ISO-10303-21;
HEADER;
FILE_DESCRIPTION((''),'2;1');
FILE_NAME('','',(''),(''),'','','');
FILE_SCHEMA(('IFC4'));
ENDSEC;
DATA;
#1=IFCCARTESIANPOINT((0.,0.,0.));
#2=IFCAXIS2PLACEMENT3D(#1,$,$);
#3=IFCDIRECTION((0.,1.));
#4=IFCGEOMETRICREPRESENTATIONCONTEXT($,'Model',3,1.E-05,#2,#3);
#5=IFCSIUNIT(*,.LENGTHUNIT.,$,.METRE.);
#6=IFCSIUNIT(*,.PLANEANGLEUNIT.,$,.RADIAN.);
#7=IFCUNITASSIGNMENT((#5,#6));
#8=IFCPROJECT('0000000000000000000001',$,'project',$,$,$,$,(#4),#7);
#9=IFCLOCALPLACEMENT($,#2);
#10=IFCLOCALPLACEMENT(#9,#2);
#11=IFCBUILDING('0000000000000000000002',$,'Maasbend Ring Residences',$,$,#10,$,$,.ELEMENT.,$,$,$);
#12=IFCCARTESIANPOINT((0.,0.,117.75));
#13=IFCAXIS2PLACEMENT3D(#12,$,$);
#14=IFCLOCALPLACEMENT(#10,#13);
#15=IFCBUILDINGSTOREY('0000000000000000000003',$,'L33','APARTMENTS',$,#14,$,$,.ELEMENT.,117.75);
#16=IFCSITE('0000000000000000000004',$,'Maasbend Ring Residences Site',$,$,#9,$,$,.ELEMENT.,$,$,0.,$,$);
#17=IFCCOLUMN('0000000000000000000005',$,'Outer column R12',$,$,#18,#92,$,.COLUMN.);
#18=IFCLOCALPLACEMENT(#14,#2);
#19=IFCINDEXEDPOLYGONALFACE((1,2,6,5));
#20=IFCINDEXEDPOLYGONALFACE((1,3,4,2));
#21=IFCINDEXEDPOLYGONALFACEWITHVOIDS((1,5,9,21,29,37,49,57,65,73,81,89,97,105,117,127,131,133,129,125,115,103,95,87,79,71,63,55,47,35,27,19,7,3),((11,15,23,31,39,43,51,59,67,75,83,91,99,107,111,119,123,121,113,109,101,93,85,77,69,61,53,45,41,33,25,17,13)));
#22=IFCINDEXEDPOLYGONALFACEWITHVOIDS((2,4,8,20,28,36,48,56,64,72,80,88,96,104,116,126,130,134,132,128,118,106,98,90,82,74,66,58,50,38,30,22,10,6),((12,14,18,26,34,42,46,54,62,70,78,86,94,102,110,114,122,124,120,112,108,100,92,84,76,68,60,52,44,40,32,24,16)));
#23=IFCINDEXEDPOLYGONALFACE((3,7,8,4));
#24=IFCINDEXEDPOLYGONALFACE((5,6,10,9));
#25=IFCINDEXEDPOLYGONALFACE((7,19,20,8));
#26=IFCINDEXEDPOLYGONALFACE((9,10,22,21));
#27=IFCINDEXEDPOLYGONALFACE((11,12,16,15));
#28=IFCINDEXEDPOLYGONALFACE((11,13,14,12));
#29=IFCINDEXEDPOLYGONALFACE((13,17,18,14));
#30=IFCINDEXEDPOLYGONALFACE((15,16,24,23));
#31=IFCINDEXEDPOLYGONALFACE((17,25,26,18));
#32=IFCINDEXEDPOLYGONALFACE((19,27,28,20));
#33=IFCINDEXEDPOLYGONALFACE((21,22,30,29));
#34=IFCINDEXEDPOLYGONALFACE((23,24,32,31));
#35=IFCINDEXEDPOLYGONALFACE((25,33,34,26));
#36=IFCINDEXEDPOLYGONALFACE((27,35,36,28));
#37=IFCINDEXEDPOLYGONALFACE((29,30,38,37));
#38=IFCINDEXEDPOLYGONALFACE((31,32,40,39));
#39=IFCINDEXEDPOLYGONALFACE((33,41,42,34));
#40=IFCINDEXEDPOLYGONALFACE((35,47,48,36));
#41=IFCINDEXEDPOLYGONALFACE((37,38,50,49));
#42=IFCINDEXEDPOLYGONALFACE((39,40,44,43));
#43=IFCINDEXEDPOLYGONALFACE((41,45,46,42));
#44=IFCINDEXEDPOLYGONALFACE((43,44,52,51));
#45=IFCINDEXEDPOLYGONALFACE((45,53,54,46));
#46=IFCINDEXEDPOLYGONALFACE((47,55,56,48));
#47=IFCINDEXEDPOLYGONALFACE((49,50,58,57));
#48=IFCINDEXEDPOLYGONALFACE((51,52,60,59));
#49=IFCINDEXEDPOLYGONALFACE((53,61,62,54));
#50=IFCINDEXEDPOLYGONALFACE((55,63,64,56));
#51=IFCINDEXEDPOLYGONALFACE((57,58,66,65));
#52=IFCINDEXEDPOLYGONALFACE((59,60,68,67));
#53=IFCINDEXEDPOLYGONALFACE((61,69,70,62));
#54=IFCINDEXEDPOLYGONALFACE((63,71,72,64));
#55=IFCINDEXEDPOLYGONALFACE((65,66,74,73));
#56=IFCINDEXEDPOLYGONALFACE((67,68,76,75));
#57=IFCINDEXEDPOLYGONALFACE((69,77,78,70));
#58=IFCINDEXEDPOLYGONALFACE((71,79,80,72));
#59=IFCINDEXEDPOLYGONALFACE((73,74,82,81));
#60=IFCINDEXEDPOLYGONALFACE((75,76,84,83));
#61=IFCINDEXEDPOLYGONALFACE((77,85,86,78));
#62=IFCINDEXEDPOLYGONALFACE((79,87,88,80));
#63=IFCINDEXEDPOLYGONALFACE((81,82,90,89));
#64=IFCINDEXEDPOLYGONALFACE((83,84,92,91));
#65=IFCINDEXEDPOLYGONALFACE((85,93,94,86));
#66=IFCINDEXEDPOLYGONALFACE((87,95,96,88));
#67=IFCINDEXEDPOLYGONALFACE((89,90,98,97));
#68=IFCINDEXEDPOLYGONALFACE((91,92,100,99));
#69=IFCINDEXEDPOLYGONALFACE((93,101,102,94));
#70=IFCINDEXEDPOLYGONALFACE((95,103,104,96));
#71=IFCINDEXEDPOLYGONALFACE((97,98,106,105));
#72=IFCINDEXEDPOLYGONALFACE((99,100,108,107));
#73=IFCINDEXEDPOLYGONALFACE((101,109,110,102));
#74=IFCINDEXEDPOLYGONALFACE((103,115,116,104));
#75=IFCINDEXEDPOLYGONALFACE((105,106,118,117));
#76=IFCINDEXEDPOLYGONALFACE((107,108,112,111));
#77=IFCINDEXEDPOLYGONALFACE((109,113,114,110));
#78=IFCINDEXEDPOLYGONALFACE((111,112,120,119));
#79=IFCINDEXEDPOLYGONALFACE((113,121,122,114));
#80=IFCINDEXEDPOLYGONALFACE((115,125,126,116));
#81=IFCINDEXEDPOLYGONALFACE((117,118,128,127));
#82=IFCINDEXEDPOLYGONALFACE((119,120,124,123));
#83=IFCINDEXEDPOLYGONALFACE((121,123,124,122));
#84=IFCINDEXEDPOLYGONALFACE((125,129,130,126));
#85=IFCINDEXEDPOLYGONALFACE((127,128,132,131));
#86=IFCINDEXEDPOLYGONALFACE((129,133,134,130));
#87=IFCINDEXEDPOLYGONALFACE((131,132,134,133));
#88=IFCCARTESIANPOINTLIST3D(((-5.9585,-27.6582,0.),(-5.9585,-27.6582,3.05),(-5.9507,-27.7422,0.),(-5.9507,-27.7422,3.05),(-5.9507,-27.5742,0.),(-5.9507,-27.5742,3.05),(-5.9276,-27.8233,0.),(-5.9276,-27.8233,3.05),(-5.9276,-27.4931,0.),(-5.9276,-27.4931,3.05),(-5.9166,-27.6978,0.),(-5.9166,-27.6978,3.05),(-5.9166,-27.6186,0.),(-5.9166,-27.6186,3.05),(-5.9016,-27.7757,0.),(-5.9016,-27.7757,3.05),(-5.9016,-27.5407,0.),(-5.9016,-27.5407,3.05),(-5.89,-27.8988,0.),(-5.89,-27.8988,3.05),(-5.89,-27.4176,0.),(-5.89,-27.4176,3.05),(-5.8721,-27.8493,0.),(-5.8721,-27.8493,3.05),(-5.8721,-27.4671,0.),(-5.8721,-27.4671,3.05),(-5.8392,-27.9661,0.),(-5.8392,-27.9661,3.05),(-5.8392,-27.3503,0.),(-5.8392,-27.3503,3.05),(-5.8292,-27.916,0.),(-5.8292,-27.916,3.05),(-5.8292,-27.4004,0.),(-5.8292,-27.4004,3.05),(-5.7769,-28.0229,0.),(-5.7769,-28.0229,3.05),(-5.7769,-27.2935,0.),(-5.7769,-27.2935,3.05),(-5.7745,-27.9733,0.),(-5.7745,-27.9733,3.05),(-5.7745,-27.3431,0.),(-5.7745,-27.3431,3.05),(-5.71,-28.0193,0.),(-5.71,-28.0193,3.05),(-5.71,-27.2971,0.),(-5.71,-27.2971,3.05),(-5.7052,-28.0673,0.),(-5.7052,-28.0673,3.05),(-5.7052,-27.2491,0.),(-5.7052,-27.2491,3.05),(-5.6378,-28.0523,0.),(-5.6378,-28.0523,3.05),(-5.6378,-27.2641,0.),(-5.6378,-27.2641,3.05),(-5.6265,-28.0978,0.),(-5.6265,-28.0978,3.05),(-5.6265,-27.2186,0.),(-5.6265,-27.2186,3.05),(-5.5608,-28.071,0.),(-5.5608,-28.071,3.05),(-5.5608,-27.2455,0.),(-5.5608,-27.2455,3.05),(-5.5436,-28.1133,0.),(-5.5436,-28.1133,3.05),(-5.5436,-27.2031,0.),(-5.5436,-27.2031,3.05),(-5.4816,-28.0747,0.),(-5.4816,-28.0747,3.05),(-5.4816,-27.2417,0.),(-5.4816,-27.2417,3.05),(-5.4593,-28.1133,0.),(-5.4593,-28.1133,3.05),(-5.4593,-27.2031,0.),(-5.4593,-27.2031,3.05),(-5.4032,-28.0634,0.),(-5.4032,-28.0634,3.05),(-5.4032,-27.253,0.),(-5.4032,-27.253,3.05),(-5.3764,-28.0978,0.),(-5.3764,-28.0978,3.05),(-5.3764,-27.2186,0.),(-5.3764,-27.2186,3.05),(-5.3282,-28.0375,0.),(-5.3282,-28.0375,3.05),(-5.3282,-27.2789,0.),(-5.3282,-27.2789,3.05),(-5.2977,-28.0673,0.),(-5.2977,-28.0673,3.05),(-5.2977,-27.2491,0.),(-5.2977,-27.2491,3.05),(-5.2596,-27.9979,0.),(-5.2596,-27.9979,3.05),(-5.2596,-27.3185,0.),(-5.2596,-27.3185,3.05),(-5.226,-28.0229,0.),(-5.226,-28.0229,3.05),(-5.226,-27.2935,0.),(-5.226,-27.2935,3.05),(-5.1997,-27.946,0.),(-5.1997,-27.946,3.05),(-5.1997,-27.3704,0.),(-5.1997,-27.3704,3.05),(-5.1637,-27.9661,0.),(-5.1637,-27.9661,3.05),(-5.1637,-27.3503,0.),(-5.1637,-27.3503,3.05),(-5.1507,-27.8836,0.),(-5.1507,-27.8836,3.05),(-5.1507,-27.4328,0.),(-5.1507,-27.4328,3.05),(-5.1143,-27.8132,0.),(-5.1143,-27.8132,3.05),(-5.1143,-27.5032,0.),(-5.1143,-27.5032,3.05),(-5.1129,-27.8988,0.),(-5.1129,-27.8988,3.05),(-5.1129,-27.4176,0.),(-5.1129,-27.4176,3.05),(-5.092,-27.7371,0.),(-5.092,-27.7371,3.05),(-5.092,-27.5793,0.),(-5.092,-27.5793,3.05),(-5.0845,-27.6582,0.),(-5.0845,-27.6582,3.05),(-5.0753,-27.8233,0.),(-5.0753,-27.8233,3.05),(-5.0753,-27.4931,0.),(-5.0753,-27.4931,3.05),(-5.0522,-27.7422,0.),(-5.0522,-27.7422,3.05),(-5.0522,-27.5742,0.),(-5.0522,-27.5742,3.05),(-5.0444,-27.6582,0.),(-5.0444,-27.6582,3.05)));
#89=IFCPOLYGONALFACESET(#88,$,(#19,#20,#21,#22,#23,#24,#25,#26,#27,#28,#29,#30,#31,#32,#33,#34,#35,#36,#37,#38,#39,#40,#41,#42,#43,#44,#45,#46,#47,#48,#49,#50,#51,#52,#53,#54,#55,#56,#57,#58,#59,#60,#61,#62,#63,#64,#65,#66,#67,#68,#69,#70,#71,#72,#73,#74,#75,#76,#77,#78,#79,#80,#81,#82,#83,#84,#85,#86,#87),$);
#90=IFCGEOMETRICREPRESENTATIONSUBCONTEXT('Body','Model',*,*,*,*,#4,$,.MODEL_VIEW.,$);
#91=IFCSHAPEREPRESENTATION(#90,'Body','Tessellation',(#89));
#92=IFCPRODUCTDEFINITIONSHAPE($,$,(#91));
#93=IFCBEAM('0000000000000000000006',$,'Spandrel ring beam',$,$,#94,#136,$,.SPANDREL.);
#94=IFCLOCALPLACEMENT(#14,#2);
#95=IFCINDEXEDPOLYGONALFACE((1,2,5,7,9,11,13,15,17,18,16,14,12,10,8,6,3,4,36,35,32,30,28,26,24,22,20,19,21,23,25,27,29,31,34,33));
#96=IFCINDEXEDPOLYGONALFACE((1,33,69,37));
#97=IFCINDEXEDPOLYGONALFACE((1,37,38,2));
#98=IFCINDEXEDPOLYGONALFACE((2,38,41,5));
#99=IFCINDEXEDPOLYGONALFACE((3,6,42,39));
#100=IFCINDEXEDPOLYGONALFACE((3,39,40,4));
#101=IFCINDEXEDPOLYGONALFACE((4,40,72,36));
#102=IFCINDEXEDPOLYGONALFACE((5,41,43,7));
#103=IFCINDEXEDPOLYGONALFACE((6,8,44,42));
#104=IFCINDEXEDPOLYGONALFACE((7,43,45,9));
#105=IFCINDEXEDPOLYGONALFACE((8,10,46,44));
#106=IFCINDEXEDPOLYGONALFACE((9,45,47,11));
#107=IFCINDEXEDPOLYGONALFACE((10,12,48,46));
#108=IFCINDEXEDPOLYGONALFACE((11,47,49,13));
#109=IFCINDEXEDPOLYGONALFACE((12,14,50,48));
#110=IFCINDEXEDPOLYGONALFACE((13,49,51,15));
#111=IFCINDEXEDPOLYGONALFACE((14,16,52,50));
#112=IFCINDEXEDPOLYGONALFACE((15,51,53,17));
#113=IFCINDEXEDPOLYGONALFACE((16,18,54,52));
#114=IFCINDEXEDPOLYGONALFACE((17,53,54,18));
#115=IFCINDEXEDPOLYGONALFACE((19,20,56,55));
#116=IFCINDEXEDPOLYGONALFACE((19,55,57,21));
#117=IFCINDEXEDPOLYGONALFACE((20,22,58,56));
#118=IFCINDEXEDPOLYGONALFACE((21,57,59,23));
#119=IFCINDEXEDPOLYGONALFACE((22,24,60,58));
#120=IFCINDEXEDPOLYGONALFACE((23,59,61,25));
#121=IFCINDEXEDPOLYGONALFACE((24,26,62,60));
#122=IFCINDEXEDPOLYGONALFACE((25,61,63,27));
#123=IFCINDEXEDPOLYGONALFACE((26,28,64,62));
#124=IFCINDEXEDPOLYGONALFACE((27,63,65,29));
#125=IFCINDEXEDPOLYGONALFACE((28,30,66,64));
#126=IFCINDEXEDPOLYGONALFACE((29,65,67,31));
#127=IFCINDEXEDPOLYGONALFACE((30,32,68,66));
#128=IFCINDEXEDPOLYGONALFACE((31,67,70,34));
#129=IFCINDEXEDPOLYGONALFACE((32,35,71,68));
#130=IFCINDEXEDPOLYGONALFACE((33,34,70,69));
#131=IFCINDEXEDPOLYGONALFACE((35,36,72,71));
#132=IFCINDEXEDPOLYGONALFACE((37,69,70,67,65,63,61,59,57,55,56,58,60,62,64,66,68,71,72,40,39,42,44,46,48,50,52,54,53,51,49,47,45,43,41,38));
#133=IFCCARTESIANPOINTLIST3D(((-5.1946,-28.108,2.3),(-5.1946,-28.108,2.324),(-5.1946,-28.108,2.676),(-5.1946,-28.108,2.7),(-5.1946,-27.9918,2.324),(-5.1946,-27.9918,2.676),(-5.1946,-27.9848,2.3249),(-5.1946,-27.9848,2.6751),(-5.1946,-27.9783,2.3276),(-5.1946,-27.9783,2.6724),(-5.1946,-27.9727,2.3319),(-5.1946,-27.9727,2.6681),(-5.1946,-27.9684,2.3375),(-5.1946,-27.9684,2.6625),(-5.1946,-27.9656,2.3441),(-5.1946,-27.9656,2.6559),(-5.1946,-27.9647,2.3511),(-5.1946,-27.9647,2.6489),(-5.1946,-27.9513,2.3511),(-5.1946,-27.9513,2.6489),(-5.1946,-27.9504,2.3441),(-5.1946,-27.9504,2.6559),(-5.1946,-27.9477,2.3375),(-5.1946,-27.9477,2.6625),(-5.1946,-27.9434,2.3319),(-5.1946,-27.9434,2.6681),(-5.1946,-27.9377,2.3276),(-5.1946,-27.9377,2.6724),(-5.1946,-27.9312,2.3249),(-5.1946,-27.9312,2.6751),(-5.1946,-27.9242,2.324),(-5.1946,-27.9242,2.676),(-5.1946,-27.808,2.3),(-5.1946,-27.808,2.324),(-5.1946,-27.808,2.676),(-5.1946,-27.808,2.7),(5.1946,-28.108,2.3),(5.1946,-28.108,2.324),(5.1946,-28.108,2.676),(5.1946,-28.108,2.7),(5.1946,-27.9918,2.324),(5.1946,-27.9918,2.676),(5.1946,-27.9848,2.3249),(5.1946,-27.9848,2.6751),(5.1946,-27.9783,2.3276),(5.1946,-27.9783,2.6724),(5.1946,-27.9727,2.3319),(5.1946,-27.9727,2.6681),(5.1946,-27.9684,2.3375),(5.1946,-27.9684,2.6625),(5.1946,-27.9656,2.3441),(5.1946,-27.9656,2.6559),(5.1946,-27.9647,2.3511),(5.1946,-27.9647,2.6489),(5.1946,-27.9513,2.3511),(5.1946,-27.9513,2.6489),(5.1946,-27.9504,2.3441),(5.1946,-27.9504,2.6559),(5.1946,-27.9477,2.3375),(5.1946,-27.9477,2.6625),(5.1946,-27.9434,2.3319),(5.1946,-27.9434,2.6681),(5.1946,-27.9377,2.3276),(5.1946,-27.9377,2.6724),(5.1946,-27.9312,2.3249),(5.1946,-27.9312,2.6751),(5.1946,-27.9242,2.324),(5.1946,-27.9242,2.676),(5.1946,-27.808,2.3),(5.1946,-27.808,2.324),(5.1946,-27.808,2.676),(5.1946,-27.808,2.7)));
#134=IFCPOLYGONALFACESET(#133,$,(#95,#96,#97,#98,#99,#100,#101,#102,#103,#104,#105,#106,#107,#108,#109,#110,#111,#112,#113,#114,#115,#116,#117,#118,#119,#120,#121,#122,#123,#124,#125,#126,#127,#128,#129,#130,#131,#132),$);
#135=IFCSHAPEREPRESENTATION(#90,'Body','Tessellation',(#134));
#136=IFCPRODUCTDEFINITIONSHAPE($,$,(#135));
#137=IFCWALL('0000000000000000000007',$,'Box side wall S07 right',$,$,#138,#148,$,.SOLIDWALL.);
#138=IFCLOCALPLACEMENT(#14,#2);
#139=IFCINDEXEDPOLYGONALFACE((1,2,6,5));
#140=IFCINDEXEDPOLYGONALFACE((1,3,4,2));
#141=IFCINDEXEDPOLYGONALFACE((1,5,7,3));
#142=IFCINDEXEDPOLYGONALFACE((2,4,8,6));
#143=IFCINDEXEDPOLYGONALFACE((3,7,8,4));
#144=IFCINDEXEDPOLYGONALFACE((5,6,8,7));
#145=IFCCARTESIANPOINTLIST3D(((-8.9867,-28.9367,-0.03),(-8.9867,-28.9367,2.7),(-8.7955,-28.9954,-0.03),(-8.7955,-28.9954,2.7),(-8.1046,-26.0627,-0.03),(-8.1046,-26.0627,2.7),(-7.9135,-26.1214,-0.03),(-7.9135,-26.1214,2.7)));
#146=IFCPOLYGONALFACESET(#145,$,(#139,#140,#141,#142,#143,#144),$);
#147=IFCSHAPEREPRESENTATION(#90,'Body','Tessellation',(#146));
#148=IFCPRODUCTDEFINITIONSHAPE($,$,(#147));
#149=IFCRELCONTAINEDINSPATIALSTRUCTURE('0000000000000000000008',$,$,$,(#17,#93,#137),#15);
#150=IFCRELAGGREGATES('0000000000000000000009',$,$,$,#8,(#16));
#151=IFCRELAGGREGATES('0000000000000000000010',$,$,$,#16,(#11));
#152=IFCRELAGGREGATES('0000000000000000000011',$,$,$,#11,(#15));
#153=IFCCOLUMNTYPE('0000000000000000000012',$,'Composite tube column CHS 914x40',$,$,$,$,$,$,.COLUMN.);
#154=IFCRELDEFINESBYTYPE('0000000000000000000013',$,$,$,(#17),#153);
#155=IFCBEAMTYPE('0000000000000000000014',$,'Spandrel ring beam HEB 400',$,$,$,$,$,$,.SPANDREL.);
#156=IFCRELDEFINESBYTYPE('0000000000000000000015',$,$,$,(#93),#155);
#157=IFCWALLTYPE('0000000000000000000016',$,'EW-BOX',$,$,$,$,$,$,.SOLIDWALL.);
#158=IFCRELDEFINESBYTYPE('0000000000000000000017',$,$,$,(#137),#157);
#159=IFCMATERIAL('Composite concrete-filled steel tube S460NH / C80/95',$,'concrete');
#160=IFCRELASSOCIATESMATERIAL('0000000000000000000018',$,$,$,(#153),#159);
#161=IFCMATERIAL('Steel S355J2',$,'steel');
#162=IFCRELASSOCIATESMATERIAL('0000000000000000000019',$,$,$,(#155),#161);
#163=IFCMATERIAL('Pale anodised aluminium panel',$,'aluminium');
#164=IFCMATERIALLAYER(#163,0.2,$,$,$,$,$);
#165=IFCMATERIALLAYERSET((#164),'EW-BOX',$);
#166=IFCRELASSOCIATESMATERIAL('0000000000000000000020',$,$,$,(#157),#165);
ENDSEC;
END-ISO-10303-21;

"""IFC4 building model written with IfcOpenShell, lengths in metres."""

from ifc_helpers import new_model, si_unit, direction, frame, frame_2d, origin, origin_2d, place, context, subcontext, project, spatial, rectangle, hollow_circle, i_section, extrude, material, layer, layer_set, material_profile, profile_set, type_object, element, save


model = new_model("IFC4")

# Units and contexts
model_context = context("Model", 3, precision=1e-05, world=origin(), true_north=direction((0.0, 1.0)))
body_context = subcontext(model_context, "Body", "Model", "MODEL_VIEW")
ifc_project = project(units=[si_unit("LENGTHUNIT", "METRE"), si_unit("PLANEANGLEUNIT", "RADIAN")], contexts=[model_context])

# Site, building, storey
site_placement = place(None, origin())
site = spatial("IfcSite", under=ifc_project, at=site_placement, Name="Maasbend Ring Residences Site", CompositionType="ELEMENT", RefElevation=0.0)
building_placement = place(site_placement, origin())
building = spatial("IfcBuilding", under=site, at=building_placement, Name="Maasbend Ring Residences", CompositionType="ELEMENT")
storey_placement = place(building_placement, frame((0.0, 0.0, 117.75)))
storey = spatial("IfcBuildingStorey", under=building, at=storey_placement, Name="L33", Description="APARTMENTS", CompositionType="ELEMENT", Elevation=117.75)

# Column
ifc_material_1 = material(Name="Composite concrete-filled steel tube S460NH / C80/95", Category="concrete")
ifc_material_profile_1 = material_profile(ifc_material_1, hollow_circle(Radius=0.457, WallThickness=0.04, at=origin_2d()), Name="Composite tube column CHS 914x40")
ifc_profile_set_1 = profile_set([ifc_material_profile_1], Name="Composite concrete-filled steel tube S460NH / C80/95")
column_type = type_object("IfcColumnType", Name="Composite tube column CHS 914x40", PredefinedType="COLUMN", material=ifc_profile_set_1)
column_placement = place(storey_placement, frame((-5.5015, -27.6582, 0.0), z_axis=(0.0, 0.0, 1.0), x_axis=(1.0, 0.0, 0.0)))
element("IfcColumn", 1, at=column_placement, inside=storey, type_object=column_type, Name="Outer column R12", PredefinedType="COLUMN", context=body_context, shape_type="SweptSolid", body=[
    extrude(hollow_circle(Radius=0.457, WallThickness=0.04, at=origin_2d()), origin(), (0.0, 0.0, 1.0), 3.05),
])

# Beam
ifc_material_2 = material(Name="Steel S355J2", Category="steel")
ifc_material_profile_2 = material_profile(ifc_material_2, i_section(OverallWidth=0.3, OverallDepth=0.3999, WebThickness=0.0134, FlangeThickness=0.0239, FilletRadius=0.0271, at=origin_2d()), Name="HEB 400")
ifc_profile_set_2 = profile_set([ifc_material_profile_2], Name="Steel S355J2")
beam_type = type_object("IfcBeamType", Name="Spandrel ring beam HEB 400", PredefinedType="SPANDREL", material=ifc_profile_set_2)
beam_placement = place(storey_placement, frame((-5.1946, -27.958, 2.5), z_axis=(1.0, 0.0, 0.0), x_axis=(0.0, 1.0, 0.0)))
element("IfcBeam", 2, at=beam_placement, inside=storey, type_object=beam_type, Name="Spandrel ring beam", PredefinedType="SPANDREL", context=body_context, shape_type="SweptSolid", body=[
    extrude(i_section(OverallWidth=0.3, OverallDepth=0.3999, WebThickness=0.0134, FlangeThickness=0.0239, FilletRadius=0.0271, at=origin_2d()), origin(), (0.0, 0.0, 1.0), 10.3892),
])

# Wall
ifc_material_3 = material(Name="Pale anodised aluminium panel", Category="aluminium")
ifc_layer_1 = layer(ifc_material_3, 0.2)
ifc_layer_set_1 = layer_set([ifc_layer_1], Name="EW-BOX")
wall_type_1 = type_object("IfcWallType", Name="EW-BOX", PredefinedType="SOLIDWALL", material=ifc_layer_set_1)
wall_1_placement = place(storey_placement, frame((-8.009, -26.092, -0.03), z_axis=(0.0, 0.0, 1.0), x_axis=(-0.293407, -0.955988, 0.0)))
element("IfcWall", 3, at=wall_1_placement, inside=storey, type_object=wall_type_1, Name="Box side wall S07 right", PredefinedType="SOLIDWALL", context=body_context, shape_type="SweptSolid", body=[
    extrude(rectangle(XDim=3.0063, YDim=0.2, at=frame_2d((1.5032, 0.0))), origin(), (0.0, 0.0, 1.0), 2.73),
])

save(model, "model.ifc")
